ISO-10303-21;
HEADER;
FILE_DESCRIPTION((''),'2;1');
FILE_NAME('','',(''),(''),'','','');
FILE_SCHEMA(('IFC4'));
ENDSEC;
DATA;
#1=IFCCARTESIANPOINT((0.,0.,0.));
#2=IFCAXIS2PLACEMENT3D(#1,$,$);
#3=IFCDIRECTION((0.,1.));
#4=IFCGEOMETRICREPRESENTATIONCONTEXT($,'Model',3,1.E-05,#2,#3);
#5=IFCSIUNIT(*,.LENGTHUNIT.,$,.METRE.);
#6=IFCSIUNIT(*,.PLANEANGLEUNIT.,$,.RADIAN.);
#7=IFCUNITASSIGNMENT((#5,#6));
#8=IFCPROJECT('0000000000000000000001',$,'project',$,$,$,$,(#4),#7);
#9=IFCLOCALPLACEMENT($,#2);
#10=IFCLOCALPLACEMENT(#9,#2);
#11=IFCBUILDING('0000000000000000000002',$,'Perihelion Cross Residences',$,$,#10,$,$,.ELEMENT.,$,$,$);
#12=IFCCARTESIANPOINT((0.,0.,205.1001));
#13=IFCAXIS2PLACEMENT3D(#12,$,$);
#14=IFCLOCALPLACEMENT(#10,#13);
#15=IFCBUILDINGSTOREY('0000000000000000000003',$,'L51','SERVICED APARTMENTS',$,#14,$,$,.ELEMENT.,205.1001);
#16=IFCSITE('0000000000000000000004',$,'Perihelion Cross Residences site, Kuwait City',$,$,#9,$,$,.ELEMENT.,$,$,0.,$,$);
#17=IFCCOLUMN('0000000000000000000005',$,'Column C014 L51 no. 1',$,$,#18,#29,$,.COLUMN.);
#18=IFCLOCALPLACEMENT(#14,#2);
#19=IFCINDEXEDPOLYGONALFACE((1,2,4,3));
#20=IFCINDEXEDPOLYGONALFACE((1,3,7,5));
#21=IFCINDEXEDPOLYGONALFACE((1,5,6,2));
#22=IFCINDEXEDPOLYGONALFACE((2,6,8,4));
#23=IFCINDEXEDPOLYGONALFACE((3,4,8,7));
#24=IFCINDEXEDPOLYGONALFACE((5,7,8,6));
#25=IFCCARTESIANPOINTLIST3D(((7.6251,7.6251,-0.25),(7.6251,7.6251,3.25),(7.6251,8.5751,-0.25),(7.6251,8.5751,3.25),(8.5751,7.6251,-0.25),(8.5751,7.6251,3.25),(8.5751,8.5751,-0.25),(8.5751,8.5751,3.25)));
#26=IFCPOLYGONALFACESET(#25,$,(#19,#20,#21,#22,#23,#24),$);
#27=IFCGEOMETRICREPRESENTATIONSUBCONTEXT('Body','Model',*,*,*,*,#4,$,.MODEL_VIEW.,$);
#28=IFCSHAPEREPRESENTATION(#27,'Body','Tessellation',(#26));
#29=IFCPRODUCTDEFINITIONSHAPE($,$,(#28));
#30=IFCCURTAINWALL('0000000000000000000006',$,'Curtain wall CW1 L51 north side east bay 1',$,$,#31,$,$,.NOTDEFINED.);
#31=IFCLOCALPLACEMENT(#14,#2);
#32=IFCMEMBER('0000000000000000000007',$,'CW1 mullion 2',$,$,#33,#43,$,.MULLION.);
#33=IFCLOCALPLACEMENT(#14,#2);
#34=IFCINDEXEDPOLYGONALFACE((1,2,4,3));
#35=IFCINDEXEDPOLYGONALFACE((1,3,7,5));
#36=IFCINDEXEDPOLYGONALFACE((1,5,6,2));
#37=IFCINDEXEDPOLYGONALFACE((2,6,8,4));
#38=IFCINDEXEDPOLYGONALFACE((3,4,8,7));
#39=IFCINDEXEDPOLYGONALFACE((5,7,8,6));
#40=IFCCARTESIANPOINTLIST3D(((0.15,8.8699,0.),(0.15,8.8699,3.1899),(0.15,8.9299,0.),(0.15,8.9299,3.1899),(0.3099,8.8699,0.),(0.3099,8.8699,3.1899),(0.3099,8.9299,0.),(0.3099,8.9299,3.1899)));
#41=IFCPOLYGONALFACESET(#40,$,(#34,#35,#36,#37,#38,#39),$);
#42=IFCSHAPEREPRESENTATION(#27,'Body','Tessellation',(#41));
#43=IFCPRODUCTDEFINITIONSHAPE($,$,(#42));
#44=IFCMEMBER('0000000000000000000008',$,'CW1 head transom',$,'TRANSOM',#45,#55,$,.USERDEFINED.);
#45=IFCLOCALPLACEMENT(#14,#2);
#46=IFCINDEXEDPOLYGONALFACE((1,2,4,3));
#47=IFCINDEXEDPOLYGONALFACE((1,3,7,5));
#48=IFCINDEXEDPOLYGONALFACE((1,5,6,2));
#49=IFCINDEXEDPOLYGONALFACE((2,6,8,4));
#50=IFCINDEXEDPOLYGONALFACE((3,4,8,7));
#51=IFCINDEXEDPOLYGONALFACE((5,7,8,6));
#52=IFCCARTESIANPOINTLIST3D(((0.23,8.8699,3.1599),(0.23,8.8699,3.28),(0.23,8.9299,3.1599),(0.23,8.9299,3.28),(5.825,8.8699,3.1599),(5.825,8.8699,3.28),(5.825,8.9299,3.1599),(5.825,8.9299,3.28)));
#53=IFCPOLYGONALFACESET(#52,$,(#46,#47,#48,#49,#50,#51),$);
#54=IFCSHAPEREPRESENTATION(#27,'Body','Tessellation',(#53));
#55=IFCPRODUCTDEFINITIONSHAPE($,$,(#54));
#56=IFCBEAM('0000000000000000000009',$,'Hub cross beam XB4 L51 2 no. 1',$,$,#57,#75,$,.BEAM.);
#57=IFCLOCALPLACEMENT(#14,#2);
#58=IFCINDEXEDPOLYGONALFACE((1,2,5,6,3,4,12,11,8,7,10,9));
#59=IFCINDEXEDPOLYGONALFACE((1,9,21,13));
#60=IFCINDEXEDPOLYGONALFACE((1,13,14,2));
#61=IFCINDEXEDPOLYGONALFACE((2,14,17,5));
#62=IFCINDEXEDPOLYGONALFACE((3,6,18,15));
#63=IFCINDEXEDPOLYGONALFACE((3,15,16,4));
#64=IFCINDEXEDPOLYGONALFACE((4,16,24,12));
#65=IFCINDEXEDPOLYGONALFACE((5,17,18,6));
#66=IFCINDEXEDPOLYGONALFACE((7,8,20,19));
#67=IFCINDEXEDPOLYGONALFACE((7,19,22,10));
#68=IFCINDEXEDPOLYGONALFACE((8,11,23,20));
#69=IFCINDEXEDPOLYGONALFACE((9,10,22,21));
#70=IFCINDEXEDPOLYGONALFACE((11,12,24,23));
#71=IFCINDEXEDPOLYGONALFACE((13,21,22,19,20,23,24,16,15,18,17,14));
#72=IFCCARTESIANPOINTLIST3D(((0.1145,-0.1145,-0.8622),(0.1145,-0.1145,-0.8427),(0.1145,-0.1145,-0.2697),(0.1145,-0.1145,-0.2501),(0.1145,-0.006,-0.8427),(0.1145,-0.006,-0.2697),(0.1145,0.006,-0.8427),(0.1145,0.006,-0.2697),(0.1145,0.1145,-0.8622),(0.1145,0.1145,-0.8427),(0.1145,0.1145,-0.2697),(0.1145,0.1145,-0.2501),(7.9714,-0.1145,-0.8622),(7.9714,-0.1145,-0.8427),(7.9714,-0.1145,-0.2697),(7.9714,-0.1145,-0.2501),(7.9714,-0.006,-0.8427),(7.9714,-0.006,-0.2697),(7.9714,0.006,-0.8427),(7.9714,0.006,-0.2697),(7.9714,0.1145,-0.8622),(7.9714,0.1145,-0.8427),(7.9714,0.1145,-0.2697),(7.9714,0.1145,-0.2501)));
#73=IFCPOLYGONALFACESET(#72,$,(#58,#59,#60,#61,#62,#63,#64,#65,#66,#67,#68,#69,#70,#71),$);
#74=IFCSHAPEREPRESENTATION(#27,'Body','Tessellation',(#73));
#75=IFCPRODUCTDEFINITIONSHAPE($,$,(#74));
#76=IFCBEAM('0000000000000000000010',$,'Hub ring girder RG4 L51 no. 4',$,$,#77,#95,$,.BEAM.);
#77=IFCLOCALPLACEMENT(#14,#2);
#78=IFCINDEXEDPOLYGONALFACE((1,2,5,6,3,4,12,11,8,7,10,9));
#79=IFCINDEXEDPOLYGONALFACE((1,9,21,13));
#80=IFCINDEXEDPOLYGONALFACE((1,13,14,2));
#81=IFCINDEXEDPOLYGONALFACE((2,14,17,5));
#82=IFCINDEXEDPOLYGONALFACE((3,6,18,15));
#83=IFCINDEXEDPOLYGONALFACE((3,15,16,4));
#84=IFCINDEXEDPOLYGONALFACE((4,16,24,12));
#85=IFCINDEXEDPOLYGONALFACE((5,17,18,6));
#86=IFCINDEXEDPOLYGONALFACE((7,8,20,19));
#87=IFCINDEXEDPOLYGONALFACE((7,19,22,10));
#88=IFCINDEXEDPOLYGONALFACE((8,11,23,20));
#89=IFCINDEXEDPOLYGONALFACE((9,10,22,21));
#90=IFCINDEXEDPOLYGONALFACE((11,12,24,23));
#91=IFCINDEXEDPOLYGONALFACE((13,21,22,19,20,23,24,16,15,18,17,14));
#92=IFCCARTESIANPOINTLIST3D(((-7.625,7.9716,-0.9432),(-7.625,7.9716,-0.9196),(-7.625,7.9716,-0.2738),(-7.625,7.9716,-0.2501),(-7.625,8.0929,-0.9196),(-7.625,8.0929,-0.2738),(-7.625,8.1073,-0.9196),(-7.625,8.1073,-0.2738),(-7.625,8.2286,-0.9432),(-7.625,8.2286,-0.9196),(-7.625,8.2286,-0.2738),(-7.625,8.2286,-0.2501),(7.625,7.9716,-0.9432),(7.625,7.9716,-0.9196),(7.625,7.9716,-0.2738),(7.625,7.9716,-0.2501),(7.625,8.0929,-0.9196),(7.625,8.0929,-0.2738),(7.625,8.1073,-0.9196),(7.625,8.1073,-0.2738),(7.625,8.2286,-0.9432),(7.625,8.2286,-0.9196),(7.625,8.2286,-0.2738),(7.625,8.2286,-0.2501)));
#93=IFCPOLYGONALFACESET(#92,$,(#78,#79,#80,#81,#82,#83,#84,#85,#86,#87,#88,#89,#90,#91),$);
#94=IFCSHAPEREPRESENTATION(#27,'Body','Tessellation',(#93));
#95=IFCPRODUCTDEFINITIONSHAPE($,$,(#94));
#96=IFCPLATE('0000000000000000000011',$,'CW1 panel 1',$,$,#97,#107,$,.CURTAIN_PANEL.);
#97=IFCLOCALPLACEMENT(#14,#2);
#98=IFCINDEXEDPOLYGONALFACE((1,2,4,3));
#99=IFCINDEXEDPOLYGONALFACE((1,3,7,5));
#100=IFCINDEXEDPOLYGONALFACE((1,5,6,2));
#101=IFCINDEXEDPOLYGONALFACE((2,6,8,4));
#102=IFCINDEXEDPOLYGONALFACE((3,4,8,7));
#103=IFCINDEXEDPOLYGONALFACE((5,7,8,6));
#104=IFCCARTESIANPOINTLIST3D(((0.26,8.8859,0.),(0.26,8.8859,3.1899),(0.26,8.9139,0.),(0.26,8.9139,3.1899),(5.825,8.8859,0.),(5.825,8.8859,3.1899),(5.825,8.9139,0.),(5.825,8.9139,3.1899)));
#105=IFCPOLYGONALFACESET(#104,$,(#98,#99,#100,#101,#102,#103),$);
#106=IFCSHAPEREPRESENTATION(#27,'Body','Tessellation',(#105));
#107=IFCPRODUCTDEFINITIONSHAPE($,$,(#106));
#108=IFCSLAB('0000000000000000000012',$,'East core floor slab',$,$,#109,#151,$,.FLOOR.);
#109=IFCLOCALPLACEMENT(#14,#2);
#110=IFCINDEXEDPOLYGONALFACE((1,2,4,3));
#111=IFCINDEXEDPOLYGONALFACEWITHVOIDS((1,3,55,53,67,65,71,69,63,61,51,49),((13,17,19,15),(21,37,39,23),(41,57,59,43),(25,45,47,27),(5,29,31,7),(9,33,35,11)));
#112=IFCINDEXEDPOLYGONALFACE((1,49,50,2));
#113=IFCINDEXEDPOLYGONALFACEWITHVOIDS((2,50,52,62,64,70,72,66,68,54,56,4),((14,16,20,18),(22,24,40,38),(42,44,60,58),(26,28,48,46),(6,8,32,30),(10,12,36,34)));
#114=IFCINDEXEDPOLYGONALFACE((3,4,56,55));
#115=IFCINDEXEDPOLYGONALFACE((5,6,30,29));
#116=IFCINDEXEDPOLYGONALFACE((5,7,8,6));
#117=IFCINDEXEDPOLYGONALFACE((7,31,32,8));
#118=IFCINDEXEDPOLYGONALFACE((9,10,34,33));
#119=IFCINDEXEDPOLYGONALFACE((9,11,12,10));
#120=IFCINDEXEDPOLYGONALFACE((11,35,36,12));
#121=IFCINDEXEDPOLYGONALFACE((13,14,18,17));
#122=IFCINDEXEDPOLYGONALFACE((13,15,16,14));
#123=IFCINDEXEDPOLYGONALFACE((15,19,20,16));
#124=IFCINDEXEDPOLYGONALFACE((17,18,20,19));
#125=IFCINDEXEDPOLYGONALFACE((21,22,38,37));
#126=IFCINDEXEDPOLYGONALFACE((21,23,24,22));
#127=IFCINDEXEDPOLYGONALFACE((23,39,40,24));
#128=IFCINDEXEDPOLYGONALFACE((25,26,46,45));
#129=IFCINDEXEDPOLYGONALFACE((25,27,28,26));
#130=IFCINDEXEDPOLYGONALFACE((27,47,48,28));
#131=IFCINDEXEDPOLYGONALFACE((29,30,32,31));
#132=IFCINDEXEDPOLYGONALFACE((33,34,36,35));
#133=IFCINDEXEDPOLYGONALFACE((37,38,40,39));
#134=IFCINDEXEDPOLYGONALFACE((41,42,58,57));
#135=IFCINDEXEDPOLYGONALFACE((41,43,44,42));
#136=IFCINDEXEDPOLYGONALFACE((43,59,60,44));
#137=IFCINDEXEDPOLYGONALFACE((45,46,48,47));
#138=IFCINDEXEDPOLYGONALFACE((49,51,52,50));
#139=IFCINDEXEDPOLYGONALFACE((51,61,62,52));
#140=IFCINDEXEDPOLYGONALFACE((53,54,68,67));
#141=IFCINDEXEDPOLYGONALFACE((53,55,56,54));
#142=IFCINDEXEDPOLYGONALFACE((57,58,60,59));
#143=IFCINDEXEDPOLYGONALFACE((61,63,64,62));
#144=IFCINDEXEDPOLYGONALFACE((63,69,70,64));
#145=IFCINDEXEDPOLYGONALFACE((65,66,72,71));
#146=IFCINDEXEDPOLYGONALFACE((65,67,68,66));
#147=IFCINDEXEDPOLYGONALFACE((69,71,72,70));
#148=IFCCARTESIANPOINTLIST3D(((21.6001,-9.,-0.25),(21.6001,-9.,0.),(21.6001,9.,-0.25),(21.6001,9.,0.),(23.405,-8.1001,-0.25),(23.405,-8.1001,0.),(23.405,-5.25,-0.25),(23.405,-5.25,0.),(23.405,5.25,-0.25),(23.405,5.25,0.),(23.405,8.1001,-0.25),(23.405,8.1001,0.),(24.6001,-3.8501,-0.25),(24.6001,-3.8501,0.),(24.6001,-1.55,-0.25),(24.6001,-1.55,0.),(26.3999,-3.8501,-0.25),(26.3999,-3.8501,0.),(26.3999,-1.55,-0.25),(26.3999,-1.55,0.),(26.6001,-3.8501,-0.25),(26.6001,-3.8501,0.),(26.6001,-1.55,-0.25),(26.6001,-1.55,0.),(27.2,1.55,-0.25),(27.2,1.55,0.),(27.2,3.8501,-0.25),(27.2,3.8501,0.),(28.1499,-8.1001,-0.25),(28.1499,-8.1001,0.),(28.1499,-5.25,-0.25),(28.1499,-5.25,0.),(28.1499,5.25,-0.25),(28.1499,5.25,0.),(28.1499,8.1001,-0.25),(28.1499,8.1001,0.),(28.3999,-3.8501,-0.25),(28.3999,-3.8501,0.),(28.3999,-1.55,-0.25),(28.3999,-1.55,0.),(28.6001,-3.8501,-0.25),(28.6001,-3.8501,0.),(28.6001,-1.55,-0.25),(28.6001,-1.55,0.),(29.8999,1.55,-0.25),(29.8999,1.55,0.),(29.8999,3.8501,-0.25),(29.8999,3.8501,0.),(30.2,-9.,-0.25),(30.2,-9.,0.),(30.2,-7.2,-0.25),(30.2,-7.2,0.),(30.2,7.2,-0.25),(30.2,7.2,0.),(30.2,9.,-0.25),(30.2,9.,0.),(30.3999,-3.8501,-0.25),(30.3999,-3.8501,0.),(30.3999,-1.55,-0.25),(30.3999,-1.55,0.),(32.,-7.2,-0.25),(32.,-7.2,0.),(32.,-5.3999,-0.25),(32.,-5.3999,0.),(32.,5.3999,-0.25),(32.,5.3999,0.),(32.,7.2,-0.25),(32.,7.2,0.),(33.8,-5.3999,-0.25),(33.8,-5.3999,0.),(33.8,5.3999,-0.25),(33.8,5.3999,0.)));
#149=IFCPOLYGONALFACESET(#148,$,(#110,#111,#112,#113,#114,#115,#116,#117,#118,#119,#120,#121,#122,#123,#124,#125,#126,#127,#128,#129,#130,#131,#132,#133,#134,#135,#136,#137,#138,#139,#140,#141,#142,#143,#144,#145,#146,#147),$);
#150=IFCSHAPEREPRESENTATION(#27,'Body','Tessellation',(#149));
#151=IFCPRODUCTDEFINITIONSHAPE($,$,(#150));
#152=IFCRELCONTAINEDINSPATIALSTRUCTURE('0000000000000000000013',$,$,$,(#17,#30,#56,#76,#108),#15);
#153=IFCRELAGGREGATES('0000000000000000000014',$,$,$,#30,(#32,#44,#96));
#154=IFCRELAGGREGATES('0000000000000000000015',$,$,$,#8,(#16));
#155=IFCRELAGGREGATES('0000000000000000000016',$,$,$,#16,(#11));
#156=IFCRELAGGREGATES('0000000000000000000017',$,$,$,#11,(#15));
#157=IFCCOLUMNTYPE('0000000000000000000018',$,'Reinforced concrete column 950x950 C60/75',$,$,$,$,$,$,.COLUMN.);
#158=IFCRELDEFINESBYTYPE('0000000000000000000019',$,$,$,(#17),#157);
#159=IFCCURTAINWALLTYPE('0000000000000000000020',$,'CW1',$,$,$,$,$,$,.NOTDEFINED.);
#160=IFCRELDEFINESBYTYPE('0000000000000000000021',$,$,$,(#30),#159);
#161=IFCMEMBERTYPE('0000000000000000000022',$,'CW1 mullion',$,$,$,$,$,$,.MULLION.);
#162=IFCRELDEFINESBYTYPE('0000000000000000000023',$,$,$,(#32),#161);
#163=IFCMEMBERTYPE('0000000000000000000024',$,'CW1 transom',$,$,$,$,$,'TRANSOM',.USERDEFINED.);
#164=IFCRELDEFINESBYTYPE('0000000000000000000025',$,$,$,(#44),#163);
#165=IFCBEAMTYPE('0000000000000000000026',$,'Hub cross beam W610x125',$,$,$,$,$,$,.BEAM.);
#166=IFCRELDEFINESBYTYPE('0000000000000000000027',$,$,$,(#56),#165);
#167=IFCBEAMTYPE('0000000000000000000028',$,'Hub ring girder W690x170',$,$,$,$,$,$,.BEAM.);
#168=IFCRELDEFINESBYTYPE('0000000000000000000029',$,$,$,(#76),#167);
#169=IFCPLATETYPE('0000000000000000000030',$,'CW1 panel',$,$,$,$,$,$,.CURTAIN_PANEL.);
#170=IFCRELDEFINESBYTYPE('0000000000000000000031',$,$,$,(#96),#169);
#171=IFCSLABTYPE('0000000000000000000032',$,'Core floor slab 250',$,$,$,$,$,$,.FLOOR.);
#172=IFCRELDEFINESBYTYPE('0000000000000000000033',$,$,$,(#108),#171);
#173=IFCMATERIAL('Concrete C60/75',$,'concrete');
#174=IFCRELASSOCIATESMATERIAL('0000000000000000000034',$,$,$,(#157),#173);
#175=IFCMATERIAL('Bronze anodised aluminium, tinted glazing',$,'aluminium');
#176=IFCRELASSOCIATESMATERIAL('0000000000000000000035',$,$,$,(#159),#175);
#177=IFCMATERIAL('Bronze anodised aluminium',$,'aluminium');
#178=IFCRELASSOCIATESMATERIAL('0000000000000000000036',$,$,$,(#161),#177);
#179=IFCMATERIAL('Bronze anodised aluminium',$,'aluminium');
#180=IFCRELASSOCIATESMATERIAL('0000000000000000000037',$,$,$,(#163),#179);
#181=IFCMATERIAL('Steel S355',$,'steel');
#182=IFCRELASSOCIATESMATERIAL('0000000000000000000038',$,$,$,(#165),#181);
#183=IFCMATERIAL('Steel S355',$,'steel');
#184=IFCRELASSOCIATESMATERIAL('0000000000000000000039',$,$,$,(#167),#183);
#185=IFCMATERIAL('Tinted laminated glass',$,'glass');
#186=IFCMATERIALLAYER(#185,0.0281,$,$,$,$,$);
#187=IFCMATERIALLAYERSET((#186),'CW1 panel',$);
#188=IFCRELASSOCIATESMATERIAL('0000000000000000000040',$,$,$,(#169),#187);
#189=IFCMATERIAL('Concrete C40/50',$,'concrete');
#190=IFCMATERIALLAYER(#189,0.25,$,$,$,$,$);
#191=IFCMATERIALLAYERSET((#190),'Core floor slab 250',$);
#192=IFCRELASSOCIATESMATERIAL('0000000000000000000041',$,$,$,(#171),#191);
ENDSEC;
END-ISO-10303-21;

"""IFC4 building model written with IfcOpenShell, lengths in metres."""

from ifc_helpers import new_model, si_unit, direction, frame, origin, origin_2d, place, context, subcontext, project, spatial, polyline, rectangle, i_section, outline, extrude, material, layer, layer_set, material_profile, profile_set, type_object, element, aggregate, save


model = new_model("IFC4")

# Units and contexts
model_context = context("Model", 3, precision=1e-05, world=origin(), true_north=direction((0.0, 1.0)))
body_context = subcontext(model_context, "Body", "Model", "MODEL_VIEW")
ifc_project = project(units=[si_unit("LENGTHUNIT", "METRE"), si_unit("PLANEANGLEUNIT", "RADIAN")], contexts=[model_context])

# Site, building, storey
site_placement = place(None, origin())
site = spatial("IfcSite", under=ifc_project, at=site_placement, Name="Perihelion Cross Residences site, Kuwait City", CompositionType="ELEMENT", RefElevation=0.0)
building_placement = place(site_placement, origin())
building = spatial("IfcBuilding", under=site, at=building_placement, Name="Perihelion Cross Residences", CompositionType="ELEMENT")
storey_placement = place(building_placement, frame((0.0, 0.0, 205.1001)))
storey = spatial("IfcBuildingStorey", under=building, at=storey_placement, Name="L51", Description="SERVICED APARTMENTS", CompositionType="ELEMENT", Elevation=205.1001)

# Column
ifc_material_1 = material(Name="Concrete C60/75", Category="concrete")
ifc_material_profile_1 = material_profile(ifc_material_1, rectangle(XDim=0.95, YDim=0.95, at=origin_2d()), Name="RC 950x950")
ifc_profile_set_1 = profile_set([ifc_material_profile_1], Name="Concrete C60/75")
column_type = type_object("IfcColumnType", Name="Reinforced concrete column 950x950 C60/75", PredefinedType="COLUMN", material=ifc_profile_set_1)
column_placement = place(storey_placement, frame((8.1001, 8.1001, -0.25), z_axis=(0.0, 0.0, 1.0), x_axis=(1.0, 0.0, 0.0)))
element("IfcColumn", 1, at=column_placement, inside=storey, type_object=column_type, Name="Column C014 L51 no. 1", PredefinedType="COLUMN", context=body_context, shape_type="SweptSolid", body=[
    extrude(rectangle(XDim=0.95, YDim=0.95, at=origin_2d()), origin(), (0.0, 0.0, 1.0), 3.5),
])

# Curtain wall, members
ifc_material_2 = material(Name="Bronze anodised aluminium, tinted glazing", Category="aluminium")
curtain_wall_type = type_object("IfcCurtainWallType", Name="CW1", PredefinedType="NOTDEFINED", material=ifc_material_2)
curtain_wall_placement = place(storey_placement, origin())
curtain_wall = element("IfcCurtainWall", 2, at=curtain_wall_placement, inside=storey, type_object=curtain_wall_type, Name="Curtain wall CW1 L51 north side east bay 1", PredefinedType="NOTDEFINED")
ifc_material_3 = material(Name="Bronze anodised aluminium", Category="aluminium")
ifc_material_profile_2 = material_profile(ifc_material_3, rectangle(XDim=0.0601, YDim=0.1599, at=origin_2d()), Name="CW1 mullion")
ifc_profile_set_2 = profile_set([ifc_material_profile_2], Name="Bronze anodised aluminium")
member_type_1 = type_object("IfcMemberType", Name="CW1 mullion", PredefinedType="MULLION", material=ifc_profile_set_2)
member_1_placement = place(storey_placement, frame((0.23, 8.8999, 0.0), z_axis=(0.0, 0.0, 1.0), x_axis=(0.0, -1.0, 0.0)))
member_1 = element("IfcMember", 3, at=member_1_placement, type_object=member_type_1, Name="CW1 mullion 2", PredefinedType="MULLION", context=body_context, shape_type="SweptSolid", body=[
    extrude(rectangle(XDim=0.0601, YDim=0.1599, at=origin_2d()), origin(), (0.0, 0.0, 1.0), 3.1899),
])
ifc_material_4 = material(Name="Bronze anodised aluminium", Category="aluminium")
ifc_material_profile_3 = material_profile(ifc_material_4, rectangle(XDim=0.0601, YDim=0.1201, at=origin_2d()), Name="CW1 transom")
ifc_profile_set_3 = profile_set([ifc_material_profile_3], Name="Bronze anodised aluminium")
member_type_2 = type_object("IfcMemberType", Name="CW1 transom", ElementType="TRANSOM", PredefinedType="USERDEFINED", material=ifc_profile_set_3)
member_2_placement = place(storey_placement, frame((5.825, 8.8999, 3.22), z_axis=(-1.0, 0.0, 0.0), x_axis=(0.0, -1.0, 0.0)))
member_2 = element("IfcMember", 4, at=member_2_placement, type_object=member_type_2, Name="CW1 head transom", ObjectType="TRANSOM", PredefinedType="USERDEFINED", context=body_context, shape_type="SweptSolid", body=[
    extrude(rectangle(XDim=0.0601, YDim=0.1201, at=origin_2d()), origin(), (0.0, 0.0, 1.0), 5.595),
])

# Beams
ifc_material_5 = material(Name="Steel S355", Category="steel")
ifc_material_profile_4 = material_profile(ifc_material_5, i_section(OverallWidth=0.229, OverallDepth=0.6121, WebThickness=0.012, FlangeThickness=0.0195, at=origin_2d()), Name="W610x125")
ifc_profile_set_4 = profile_set([ifc_material_profile_4], Name="Steel S355")
beam_type_1 = type_object("IfcBeamType", Name="Hub cross beam W610x125", PredefinedType="BEAM", material=ifc_profile_set_4)
beam_1_placement = place(storey_placement, frame((0.1145, 0.0, -0.5562), z_axis=(1.0, 0.0, 0.0), x_axis=(0.0, 1.0, 0.0)))
element("IfcBeam", 5, at=beam_1_placement, inside=storey, type_object=beam_type_1, Name="Hub cross beam XB4 L51 2 no. 1", PredefinedType="BEAM", context=body_context, shape_type="SweptSolid", body=[
    extrude(i_section(OverallWidth=0.229, OverallDepth=0.6121, WebThickness=0.012, FlangeThickness=0.0195, at=origin_2d()), origin(), (0.0, 0.0, 1.0), 7.8569),
])
ifc_material_6 = material(Name="Steel S355", Category="steel")
ifc_material_profile_5 = material_profile(ifc_material_6, i_section(OverallWidth=0.2571, OverallDepth=0.6931, WebThickness=0.0144, FlangeThickness=0.0237, at=origin_2d()), Name="W690x170")
ifc_profile_set_5 = profile_set([ifc_material_profile_5], Name="Steel S355")
beam_type_2 = type_object("IfcBeamType", Name="Hub ring girder W690x170", PredefinedType="BEAM", material=ifc_profile_set_5)
beam_2_placement = place(storey_placement, frame((7.625, 8.1001, -0.5967), z_axis=(-1.0, 0.0, 0.0), x_axis=(0.0, -1.0, 0.0)))
element("IfcBeam", 6, at=beam_2_placement, inside=storey, type_object=beam_type_2, Name="Hub ring girder RG4 L51 no. 4", PredefinedType="BEAM", context=body_context, shape_type="SweptSolid", body=[
    extrude(i_section(OverallWidth=0.2571, OverallDepth=0.6931, WebThickness=0.0144, FlangeThickness=0.0237, at=origin_2d()), origin(), (0.0, 0.0, 1.0), 15.25),
])

# Plate
ifc_material_7 = material(Name="Tinted laminated glass", Category="glass")
ifc_layer_1 = layer(ifc_material_7, 0.0281)
ifc_layer_set_1 = layer_set([ifc_layer_1], Name="CW1 panel")
plate_type = type_object("IfcPlateType", Name="CW1 panel", PredefinedType="CURTAIN_PANEL", material=ifc_layer_set_1)
plate_placement = place(storey_placement, frame((3.0425, 8.8999, 0.0), z_axis=(0.0, 0.0, 1.0), x_axis=(-1.0, 0.0, 0.0)))
plate = element("IfcPlate", 7, at=plate_placement, type_object=plate_type, Name="CW1 panel 1", PredefinedType="CURTAIN_PANEL", context=body_context, shape_type="SweptSolid", body=[
    extrude(rectangle(XDim=5.5649, YDim=0.0281, at=origin_2d()), origin(), (0.0, 0.0, 1.0), 3.1899),
])
aggregate(curtain_wall, [member_1, member_2, plate])

# Slab
ifc_material_8 = material(Name="Concrete C40/50", Category="concrete")
ifc_layer_2 = layer(ifc_material_8, 0.25)
ifc_layer_set_2 = layer_set([ifc_layer_2], Name="Core floor slab 250")
slab_type_1 = type_object("IfcSlabType", Name="Core floor slab 250", PredefinedType="FLOOR", material=ifc_layer_set_2)
slab_1_placement = place(storey_placement, frame((0.0, 0.0, -0.25)))
element("IfcSlab", 8, at=slab_1_placement, inside=storey, type_object=slab_type_1, Name="East core floor slab", PredefinedType="FLOOR", context=body_context, shape_type="SweptSolid", body=[
    extrude(outline(polyline([(30.2, 7.2), (32.0, 7.2), (32.0, 5.3999), (33.8, 5.3999), (33.8, -5.3999), (32.0, -5.3999), (32.0, -7.2), (30.2, -7.2), (30.2, -9.0), (21.6001, -9.0), (21.6001, 9.0), (30.2, 9.0), (30.2, 7.2)]), holes=[polyline([(28.1499, -8.1001), (28.1499, -5.25), (23.405, -5.25), (23.405, -8.1001), (28.1499, -8.1001)]), polyline([(24.6001, -1.55), (24.6001, -3.8501), (26.3999, -3.8501), (26.3999, -1.55), (24.6001, -1.55)]), polyline([(26.6001, -1.55), (26.6001, -3.8501), (28.3999, -3.8501), (28.3999, -1.55), (26.6001, -1.55)]), polyline([(28.6001, -3.8501), (30.3999, -3.8501), (30.3999, -1.55), (28.6001, -1.55), (28.6001, -3.8501)]), polyline([(27.2, 3.8501), (27.2, 1.55), (29.8999, 1.55), (29.8999, 3.8501), (27.2, 3.8501)]), polyline([(23.405, 5.25), (28.1499, 5.25), (28.1499, 8.1001), (23.405, 8.1001), (23.405, 5.25)])]), origin(), (0.0, 0.0, 1.0), 0.25),
])

save(model, "model.ifc")
